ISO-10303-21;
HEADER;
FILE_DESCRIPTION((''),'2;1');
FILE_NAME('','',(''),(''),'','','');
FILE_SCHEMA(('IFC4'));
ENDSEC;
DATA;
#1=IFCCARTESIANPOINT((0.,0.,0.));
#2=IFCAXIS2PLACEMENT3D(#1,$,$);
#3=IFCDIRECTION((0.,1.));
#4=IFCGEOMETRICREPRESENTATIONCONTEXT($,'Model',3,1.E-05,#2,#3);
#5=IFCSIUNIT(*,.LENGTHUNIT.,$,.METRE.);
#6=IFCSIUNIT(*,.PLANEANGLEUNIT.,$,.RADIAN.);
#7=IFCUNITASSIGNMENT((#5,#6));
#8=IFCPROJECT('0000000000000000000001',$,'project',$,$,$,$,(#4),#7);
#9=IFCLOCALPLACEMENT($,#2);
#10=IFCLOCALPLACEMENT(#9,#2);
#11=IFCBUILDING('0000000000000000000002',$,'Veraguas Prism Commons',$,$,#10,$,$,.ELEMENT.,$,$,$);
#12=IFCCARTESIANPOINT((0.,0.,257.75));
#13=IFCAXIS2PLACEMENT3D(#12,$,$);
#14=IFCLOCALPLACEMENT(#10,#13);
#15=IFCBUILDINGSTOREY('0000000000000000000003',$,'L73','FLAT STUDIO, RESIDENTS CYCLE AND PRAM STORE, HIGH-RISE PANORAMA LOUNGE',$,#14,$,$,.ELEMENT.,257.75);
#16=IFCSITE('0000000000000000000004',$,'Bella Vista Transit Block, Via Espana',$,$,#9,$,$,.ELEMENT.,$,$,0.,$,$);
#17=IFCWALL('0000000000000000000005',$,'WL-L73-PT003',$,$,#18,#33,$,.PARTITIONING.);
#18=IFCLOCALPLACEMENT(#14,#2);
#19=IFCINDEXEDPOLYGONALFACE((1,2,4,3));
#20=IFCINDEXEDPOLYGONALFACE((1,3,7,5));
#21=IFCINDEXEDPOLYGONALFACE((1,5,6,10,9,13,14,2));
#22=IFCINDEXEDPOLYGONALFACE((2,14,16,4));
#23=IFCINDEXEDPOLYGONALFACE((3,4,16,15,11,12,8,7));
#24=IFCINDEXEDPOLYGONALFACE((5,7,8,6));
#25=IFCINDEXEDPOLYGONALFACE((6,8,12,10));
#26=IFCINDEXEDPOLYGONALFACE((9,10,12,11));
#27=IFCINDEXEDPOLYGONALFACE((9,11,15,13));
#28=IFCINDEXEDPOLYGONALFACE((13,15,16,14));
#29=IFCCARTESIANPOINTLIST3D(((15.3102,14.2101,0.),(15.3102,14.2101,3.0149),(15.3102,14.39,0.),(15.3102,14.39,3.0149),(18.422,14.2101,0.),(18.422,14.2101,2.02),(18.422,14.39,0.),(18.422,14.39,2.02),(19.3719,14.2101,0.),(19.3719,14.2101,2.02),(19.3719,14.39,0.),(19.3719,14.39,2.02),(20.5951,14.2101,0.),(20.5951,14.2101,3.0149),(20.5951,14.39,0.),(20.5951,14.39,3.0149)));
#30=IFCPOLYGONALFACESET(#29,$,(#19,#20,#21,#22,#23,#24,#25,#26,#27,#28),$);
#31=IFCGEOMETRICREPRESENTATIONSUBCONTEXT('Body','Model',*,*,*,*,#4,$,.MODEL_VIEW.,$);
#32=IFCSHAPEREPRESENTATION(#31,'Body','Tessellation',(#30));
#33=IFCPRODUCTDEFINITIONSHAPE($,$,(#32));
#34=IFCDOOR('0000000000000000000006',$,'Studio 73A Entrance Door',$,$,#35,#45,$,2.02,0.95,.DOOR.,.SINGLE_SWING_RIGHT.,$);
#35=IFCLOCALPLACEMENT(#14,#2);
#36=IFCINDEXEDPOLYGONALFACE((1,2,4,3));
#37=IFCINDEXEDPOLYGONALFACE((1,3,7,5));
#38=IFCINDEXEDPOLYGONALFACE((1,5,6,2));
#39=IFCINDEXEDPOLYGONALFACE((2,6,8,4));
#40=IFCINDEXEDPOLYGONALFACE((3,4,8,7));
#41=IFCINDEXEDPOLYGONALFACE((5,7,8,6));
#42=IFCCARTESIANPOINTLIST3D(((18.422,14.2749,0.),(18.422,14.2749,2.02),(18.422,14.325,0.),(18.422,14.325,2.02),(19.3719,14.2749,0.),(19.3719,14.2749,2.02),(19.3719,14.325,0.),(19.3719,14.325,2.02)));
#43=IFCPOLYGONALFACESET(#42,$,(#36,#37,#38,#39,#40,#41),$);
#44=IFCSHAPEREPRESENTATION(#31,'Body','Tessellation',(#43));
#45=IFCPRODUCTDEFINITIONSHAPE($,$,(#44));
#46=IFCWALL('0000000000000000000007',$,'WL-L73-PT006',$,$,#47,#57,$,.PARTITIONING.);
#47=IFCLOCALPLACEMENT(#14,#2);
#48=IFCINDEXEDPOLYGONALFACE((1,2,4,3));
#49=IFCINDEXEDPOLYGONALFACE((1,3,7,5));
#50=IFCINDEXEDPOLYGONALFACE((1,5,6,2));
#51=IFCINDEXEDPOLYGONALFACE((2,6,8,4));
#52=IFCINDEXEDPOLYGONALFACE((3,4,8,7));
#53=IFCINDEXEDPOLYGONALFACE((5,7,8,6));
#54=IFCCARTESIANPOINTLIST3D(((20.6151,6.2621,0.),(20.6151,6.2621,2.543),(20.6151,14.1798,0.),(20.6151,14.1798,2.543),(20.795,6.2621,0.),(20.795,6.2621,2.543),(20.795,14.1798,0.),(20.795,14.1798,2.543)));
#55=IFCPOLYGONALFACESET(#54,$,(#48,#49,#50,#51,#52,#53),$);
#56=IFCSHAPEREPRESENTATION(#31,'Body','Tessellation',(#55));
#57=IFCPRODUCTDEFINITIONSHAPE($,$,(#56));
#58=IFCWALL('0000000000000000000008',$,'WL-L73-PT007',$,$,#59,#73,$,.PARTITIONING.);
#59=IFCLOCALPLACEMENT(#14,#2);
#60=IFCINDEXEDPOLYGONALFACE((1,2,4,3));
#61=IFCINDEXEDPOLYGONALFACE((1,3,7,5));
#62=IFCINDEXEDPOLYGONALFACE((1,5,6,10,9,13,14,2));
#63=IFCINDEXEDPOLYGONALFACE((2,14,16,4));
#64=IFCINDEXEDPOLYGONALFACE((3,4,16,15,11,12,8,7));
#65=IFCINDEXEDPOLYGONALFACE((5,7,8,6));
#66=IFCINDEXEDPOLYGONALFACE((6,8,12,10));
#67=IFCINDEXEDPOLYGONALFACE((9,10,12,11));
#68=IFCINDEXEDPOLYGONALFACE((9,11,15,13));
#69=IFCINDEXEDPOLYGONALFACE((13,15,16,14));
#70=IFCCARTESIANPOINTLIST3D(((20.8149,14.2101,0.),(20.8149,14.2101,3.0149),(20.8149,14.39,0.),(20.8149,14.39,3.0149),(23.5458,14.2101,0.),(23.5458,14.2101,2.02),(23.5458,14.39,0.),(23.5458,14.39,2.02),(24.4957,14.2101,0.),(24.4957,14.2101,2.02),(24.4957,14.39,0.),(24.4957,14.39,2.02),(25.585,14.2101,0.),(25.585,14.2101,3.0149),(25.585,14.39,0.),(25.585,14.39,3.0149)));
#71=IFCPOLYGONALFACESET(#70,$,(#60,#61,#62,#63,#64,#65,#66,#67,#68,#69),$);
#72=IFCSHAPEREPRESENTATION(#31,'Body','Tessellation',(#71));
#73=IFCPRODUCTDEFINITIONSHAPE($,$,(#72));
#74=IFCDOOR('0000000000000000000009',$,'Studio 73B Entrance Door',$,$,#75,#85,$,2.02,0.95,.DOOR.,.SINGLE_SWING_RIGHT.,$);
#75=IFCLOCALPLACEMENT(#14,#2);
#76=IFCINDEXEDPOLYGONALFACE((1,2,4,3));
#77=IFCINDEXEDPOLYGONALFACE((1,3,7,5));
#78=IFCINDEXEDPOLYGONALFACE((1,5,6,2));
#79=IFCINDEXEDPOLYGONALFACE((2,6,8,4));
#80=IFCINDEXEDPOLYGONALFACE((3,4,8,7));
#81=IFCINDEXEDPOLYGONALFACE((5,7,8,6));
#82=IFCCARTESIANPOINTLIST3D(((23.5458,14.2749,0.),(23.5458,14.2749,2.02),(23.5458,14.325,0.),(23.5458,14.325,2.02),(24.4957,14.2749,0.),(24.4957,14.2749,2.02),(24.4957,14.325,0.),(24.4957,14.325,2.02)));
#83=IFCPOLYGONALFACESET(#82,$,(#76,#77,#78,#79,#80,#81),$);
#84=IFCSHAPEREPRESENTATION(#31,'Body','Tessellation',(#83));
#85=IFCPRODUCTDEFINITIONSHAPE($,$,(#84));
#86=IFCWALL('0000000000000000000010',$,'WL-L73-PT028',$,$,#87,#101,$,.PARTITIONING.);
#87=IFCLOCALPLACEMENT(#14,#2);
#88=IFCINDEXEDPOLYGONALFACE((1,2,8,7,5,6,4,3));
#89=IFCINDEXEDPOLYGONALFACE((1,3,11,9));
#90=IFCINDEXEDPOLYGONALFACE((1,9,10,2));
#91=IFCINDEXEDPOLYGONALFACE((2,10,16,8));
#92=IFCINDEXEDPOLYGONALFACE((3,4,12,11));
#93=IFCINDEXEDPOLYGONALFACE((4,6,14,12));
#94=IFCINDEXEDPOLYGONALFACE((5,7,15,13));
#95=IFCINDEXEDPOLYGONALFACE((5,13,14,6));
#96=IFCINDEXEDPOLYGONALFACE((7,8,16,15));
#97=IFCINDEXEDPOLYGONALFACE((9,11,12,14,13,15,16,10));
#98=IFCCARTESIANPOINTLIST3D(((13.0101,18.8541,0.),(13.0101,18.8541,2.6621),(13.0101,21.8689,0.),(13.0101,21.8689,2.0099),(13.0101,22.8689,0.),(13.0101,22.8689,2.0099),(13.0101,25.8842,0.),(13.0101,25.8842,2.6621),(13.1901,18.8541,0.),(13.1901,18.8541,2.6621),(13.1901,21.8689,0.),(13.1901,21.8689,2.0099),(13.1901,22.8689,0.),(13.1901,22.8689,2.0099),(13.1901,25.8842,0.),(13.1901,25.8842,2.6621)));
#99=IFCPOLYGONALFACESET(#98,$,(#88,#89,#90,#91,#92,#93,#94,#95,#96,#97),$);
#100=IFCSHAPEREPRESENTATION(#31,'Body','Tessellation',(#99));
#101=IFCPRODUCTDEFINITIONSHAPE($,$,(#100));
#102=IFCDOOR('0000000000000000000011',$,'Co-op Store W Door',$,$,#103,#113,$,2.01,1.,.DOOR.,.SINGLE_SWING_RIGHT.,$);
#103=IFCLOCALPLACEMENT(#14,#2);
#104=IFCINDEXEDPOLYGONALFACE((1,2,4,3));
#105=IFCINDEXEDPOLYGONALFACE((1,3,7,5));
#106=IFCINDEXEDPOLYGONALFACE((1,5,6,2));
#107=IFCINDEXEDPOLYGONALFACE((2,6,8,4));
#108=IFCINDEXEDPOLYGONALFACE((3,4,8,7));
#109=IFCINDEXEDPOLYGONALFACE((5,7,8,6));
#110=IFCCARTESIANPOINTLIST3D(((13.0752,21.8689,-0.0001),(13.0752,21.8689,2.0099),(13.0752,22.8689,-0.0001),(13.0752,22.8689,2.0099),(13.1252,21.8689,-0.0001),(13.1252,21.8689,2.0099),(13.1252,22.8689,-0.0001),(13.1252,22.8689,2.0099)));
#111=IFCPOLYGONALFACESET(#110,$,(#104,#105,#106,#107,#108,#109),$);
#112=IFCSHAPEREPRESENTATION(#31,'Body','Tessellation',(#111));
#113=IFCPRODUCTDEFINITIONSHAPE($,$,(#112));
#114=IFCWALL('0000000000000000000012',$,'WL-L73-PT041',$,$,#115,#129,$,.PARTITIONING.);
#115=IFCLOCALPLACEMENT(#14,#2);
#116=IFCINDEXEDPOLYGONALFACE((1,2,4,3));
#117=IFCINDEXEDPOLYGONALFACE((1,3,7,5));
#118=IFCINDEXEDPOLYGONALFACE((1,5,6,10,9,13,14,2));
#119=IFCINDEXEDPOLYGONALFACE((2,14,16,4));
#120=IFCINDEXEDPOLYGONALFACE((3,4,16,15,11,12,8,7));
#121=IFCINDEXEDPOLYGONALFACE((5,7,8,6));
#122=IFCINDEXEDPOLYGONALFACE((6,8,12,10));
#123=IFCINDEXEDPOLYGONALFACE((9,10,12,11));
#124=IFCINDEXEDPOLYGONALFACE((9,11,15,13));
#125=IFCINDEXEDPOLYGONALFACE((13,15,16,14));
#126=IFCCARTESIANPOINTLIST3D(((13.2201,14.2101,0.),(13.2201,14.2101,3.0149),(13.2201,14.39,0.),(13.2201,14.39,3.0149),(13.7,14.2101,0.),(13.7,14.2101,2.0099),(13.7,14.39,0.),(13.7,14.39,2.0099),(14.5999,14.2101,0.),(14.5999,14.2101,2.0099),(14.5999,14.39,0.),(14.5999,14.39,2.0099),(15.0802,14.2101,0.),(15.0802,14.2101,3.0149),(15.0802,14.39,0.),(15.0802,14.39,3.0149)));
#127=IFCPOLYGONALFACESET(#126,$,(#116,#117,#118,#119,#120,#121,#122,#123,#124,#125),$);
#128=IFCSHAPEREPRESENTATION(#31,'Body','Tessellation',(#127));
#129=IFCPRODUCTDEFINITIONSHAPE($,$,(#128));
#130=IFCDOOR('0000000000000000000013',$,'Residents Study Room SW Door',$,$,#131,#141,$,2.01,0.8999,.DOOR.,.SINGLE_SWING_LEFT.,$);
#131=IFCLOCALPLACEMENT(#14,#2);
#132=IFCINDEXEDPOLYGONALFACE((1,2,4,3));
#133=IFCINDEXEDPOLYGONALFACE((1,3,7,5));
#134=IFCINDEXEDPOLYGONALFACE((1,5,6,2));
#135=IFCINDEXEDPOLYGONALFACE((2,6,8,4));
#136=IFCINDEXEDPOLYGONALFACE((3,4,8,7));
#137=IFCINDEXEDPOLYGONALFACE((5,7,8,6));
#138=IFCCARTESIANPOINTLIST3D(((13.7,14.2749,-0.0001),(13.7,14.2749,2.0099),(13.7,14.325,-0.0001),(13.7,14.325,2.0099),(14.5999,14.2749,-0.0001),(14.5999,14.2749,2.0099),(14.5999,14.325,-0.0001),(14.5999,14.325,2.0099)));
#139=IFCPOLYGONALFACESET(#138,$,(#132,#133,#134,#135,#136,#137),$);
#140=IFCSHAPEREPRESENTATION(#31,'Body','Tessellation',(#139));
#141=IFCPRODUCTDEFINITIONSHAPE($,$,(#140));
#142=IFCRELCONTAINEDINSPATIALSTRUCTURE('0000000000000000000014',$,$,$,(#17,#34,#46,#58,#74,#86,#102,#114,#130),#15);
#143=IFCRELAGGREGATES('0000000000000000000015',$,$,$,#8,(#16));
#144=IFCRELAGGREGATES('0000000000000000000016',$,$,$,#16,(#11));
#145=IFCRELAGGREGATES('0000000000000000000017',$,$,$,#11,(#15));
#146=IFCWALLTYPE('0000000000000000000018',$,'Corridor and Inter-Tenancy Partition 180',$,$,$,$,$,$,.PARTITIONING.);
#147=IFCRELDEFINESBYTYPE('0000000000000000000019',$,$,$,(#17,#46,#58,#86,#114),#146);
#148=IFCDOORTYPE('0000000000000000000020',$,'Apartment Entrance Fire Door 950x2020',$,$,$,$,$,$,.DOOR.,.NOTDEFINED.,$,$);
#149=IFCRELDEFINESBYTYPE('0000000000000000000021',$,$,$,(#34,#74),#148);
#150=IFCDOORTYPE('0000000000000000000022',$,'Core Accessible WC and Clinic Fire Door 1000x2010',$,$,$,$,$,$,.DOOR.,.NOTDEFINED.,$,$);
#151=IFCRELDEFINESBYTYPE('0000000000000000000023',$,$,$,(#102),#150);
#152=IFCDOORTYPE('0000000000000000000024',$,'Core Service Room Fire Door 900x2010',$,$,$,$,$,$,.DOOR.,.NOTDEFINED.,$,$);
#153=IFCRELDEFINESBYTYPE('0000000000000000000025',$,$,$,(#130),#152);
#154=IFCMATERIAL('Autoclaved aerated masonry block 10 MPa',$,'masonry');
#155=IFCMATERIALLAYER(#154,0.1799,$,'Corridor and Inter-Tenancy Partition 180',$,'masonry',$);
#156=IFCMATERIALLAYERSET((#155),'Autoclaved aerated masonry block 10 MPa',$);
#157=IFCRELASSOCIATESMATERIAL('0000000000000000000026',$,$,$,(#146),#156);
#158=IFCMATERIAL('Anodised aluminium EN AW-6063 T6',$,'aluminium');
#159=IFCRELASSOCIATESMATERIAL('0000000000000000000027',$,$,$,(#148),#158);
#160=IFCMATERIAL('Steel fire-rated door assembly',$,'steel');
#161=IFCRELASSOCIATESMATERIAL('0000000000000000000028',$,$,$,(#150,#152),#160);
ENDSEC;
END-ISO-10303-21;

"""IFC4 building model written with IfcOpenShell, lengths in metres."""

from ifc_helpers import new_model, si_unit, direction, frame, frame_2d, origin, place, context, subcontext, project, spatial, rectangle, extrude, source, transform, mapped, material, layer, layer_set, type_object, element, fill, save


model = new_model("IFC4")

# Units and contexts
model_context = context("Model", 3, precision=1e-05, world=origin(), true_north=direction((0.0, 1.0)))
body_context = subcontext(model_context, "Body", "Model", "MODEL_VIEW")
ifc_project = project(units=[si_unit("LENGTHUNIT", "METRE"), si_unit("PLANEANGLEUNIT", "RADIAN")], contexts=[model_context])

# Site, building, storey
site_placement = place(None, origin())
site = spatial("IfcSite", under=ifc_project, at=site_placement, Name="Bella Vista Transit Block, Via Espana", CompositionType="ELEMENT", RefElevation=0.0)
building_placement = place(site_placement, origin())
building = spatial("IfcBuilding", under=site, at=building_placement, Name="Veraguas Prism Commons", CompositionType="ELEMENT")
storey_placement = place(building_placement, frame((0.0, 0.0, 257.75)))
storey = spatial("IfcBuildingStorey", under=building, at=storey_placement, Name="L73", Description="FLAT STUDIO, RESIDENTS CYCLE AND PRAM STORE, HIGH-RISE PANORAMA LOUNGE", CompositionType="ELEMENT", Elevation=257.75)

# Shared definitions
ifc_material_1 = material(Name="Steel fire-rated door assembly", Category="steel")

# Wall, opening, door
ifc_material_2 = material(Name="Autoclaved aerated masonry block 10 MPa", Category="masonry")
ifc_layer_1 = layer(ifc_material_2, 0.1799, Name="Corridor and Inter-Tenancy Partition 180", Category="masonry")
ifc_layer_set_1 = layer_set([ifc_layer_1], Name="Autoclaved aerated masonry block 10 MPa")
wall_type_1 = type_object("IfcWallType", Name="Corridor and Inter-Tenancy Partition 180", PredefinedType="PARTITIONING", material=ifc_layer_set_1)
wall_1_placement = place(storey_placement, frame((15.3101, 14.3, 0.0), z_axis=(0.0, 0.0, 1.0), x_axis=(1.0, 0.0, 0.0)))
wall_1 = element("IfcWall", 1, at=wall_1_placement, inside=storey, type_object=wall_type_1, Name="WL-L73-PT003", PredefinedType="PARTITIONING", context=body_context, shape_type="SweptSolid", body=[
    extrude(rectangle(XDim=5.2849, YDim=0.1799, at=frame_2d((2.6426, 0.0))), origin(), (0.0, 0.0, 1.0), 3.0149),
])
opening_1_placement = place(wall_1_placement, frame((3.1118, 0.0, 0.0)))
opening_1 = element("IfcOpeningElement", 2, at=opening_1_placement, cuts=wall_1, PredefinedType="OPENING", context=body_context, shape_type="SweptSolid", body=[
    extrude(rectangle(XDim=0.95, YDim=2.02, at=frame_2d((0.4751, 1.01))), frame((0.0, 0.0999, 0.0), z_axis=(0.0, -1.0, 0.0), x_axis=(1.0, 0.0, 0.0)), (0.0, 0.0, 1.0), 0.2),
])
ifc_material_3 = material(Name="Anodised aluminium EN AW-6063 T6", Category="aluminium")
door_type_1 = type_object("IfcDoorType", Name="Apartment Entrance Fire Door 950x2020", OperationType="NOTDEFINED", PredefinedType="DOOR", material=ifc_material_3)
shared_shape_1 = source(origin(), body_context, "Body", "SweptSolid", [
    extrude(rectangle(XDim=0.95, YDim=2.02, at=frame_2d((0.4751, 1.01))), frame((0.0, 0.0249, 0.0), z_axis=(0.0, -1.0, 0.0), x_axis=(1.0, 0.0, 0.0)), (0.0, 0.0, 1.0), 0.05),
])
door_1_placement = place(opening_1_placement, origin())
door_1 = element("IfcDoor", 3, at=door_1_placement, inside=storey, type_object=door_type_1, Name="Studio 73A Entrance Door", OperationType="SINGLE_SWING_RIGHT", OverallHeight=2.02, OverallWidth=0.95, PredefinedType="DOOR", context=body_context, shape_type="MappedRepresentation", body=[
    mapped(shared_shape_1, transform((0.0, 0.0, 0.0), scale=1.0)),
])
fill(opening_1, door_1)

# Wall
wall_2_placement = place(storey_placement, frame((20.7051, 14.1799, 0.0), z_axis=(0.0, 0.0, 1.0), x_axis=(0.0, -1.0, 0.0)))
element("IfcWall", 4, at=wall_2_placement, inside=storey, type_object=wall_type_1, Name="WL-L73-PT006", PredefinedType="PARTITIONING", context=body_context, shape_type="SweptSolid", body=[
    extrude(rectangle(XDim=7.9177, YDim=0.1799, at=frame_2d((3.959, 0.0))), origin(), (0.0, 0.0, 1.0), 2.543),
])

# Walls, openings, doors
wall_3_placement = place(storey_placement, frame((20.8149, 14.3, 0.0), z_axis=(0.0, 0.0, 1.0), x_axis=(1.0, 0.0, 0.0)))
wall_3 = element("IfcWall", 5, at=wall_3_placement, inside=storey, type_object=wall_type_1, Name="WL-L73-PT007", PredefinedType="PARTITIONING", context=body_context, shape_type="SweptSolid", body=[
    extrude(rectangle(XDim=4.77, YDim=0.1799, at=frame_2d((2.385, 0.0))), origin(), (0.0, 0.0, 1.0), 3.0149),
])
opening_2_placement = place(wall_3_placement, frame((2.7307, 0.0, 0.0)))
opening_2 = element("IfcOpeningElement", 6, at=opening_2_placement, cuts=wall_3, PredefinedType="OPENING", context=body_context, shape_type="SweptSolid", body=[
    extrude(rectangle(XDim=0.95, YDim=2.02, at=frame_2d((0.4751, 1.01))), frame((0.0, 0.0999, 0.0), z_axis=(0.0, -1.0, 0.0), x_axis=(1.0, 0.0, 0.0)), (0.0, 0.0, 1.0), 0.2),
])
door_2_placement = place(opening_2_placement, origin())
door_2 = element("IfcDoor", 7, at=door_2_placement, inside=storey, type_object=door_type_1, Name="Studio 73B Entrance Door", OperationType="SINGLE_SWING_RIGHT", OverallHeight=2.02, OverallWidth=0.95, PredefinedType="DOOR", context=body_context, shape_type="MappedRepresentation", body=[
    mapped(shared_shape_1, transform((0.0, 0.0, 0.0), scale=1.0)),
])
fill(opening_2, door_2)
wall_4_placement = place(storey_placement, frame((13.1001, 18.854, 0.0), z_axis=(0.0, 0.0, 1.0), x_axis=(0.0, 1.0, 0.0)))
wall_4 = element("IfcWall", 8, at=wall_4_placement, inside=storey, type_object=wall_type_1, Name="WL-L73-PT028", PredefinedType="PARTITIONING", context=body_context, shape_type="SweptSolid", body=[
    extrude(rectangle(XDim=7.03, YDim=0.1799, at=frame_2d((3.5151, 0.0))), origin(), (0.0, 0.0, 1.0), 2.6621),
])
opening_3_placement = place(wall_4_placement, frame((3.0149, 0.0, 0.0)))
opening_3 = element("IfcOpeningElement", 9, at=opening_3_placement, cuts=wall_4, PredefinedType="OPENING", context=body_context, shape_type="SweptSolid", body=[
    extrude(rectangle(XDim=1.0, YDim=2.01, at=frame_2d((0.5, 1.0049))), frame((0.0, 0.0999, 0.0), z_axis=(0.0, -1.0, 0.0), x_axis=(1.0, 0.0, 0.0)), (0.0, 0.0, 1.0), 0.2),
])
door_type_2 = type_object("IfcDoorType", Name="Core Accessible WC and Clinic Fire Door 1000x2010", OperationType="NOTDEFINED", PredefinedType="DOOR", material=ifc_material_1)
shared_shape_2 = source(origin(), body_context, "Body", "SweptSolid", [
    extrude(rectangle(XDim=1.0, YDim=2.01, at=frame_2d((0.5, 1.0049))), frame((0.0, 0.0249, 0.0), z_axis=(0.0, -1.0, 0.0), x_axis=(1.0, 0.0, 0.0)), (0.0, 0.0, 1.0), 0.05),
])
door_3_placement = place(opening_3_placement, origin())
door_3 = element("IfcDoor", 10, at=door_3_placement, inside=storey, type_object=door_type_2, Name="Co-op Store W Door", OperationType="SINGLE_SWING_RIGHT", OverallHeight=2.01, OverallWidth=1.0, PredefinedType="DOOR", context=body_context, shape_type="MappedRepresentation", body=[
    mapped(shared_shape_2, transform((0.0, 0.0, 0.0), scale=1.0)),
])
fill(opening_3, door_3)
wall_5_placement = place(storey_placement, frame((13.22, 14.3, 0.0), z_axis=(0.0, 0.0, 1.0), x_axis=(1.0, 0.0, 0.0)))
wall_5 = element("IfcWall", 11, at=wall_5_placement, inside=storey, type_object=wall_type_1, Name="WL-L73-PT041", PredefinedType="PARTITIONING", context=body_context, shape_type="SweptSolid", body=[
    extrude(rectangle(XDim=1.8601, YDim=0.1799, at=frame_2d((0.9302, 0.0))), origin(), (0.0, 0.0, 1.0), 3.0149),
])
opening_4_placement = place(wall_5_placement, frame((0.48, 0.0, 0.0)))
opening_4 = element("IfcOpeningElement", 12, at=opening_4_placement, cuts=wall_5, PredefinedType="OPENING", context=body_context, shape_type="SweptSolid", body=[
    extrude(rectangle(XDim=0.8999, YDim=2.01, at=frame_2d((0.45, 1.0049))), frame((0.0, 0.0999, 0.0), z_axis=(0.0, -1.0, 0.0), x_axis=(1.0, 0.0, 0.0)), (0.0, 0.0, 1.0), 0.2),
])
door_type_3 = type_object("IfcDoorType", Name="Core Service Room Fire Door 900x2010", OperationType="NOTDEFINED", PredefinedType="DOOR", material=ifc_material_1)
shared_shape_3 = source(origin(), body_context, "Body", "SweptSolid", [
    extrude(rectangle(XDim=0.8999, YDim=2.01, at=frame_2d((0.45, 1.0049))), frame((0.0, 0.0249, 0.0), z_axis=(0.0, -1.0, 0.0), x_axis=(1.0, 0.0, 0.0)), (0.0, 0.0, 1.0), 0.05),
])
door_4_placement = place(opening_4_placement, origin())
door_4 = element("IfcDoor", 13, at=door_4_placement, inside=storey, type_object=door_type_3, Name="Residents Study Room SW Door", OperationType="SINGLE_SWING_LEFT", OverallHeight=2.01, OverallWidth=0.8999, PredefinedType="DOOR", context=body_context, shape_type="MappedRepresentation", body=[
    mapped(shared_shape_3, transform((0.0, 0.0, 0.0), scale=1.0)),
])
fill(opening_4, door_4)

save(model, "model.ifc")
